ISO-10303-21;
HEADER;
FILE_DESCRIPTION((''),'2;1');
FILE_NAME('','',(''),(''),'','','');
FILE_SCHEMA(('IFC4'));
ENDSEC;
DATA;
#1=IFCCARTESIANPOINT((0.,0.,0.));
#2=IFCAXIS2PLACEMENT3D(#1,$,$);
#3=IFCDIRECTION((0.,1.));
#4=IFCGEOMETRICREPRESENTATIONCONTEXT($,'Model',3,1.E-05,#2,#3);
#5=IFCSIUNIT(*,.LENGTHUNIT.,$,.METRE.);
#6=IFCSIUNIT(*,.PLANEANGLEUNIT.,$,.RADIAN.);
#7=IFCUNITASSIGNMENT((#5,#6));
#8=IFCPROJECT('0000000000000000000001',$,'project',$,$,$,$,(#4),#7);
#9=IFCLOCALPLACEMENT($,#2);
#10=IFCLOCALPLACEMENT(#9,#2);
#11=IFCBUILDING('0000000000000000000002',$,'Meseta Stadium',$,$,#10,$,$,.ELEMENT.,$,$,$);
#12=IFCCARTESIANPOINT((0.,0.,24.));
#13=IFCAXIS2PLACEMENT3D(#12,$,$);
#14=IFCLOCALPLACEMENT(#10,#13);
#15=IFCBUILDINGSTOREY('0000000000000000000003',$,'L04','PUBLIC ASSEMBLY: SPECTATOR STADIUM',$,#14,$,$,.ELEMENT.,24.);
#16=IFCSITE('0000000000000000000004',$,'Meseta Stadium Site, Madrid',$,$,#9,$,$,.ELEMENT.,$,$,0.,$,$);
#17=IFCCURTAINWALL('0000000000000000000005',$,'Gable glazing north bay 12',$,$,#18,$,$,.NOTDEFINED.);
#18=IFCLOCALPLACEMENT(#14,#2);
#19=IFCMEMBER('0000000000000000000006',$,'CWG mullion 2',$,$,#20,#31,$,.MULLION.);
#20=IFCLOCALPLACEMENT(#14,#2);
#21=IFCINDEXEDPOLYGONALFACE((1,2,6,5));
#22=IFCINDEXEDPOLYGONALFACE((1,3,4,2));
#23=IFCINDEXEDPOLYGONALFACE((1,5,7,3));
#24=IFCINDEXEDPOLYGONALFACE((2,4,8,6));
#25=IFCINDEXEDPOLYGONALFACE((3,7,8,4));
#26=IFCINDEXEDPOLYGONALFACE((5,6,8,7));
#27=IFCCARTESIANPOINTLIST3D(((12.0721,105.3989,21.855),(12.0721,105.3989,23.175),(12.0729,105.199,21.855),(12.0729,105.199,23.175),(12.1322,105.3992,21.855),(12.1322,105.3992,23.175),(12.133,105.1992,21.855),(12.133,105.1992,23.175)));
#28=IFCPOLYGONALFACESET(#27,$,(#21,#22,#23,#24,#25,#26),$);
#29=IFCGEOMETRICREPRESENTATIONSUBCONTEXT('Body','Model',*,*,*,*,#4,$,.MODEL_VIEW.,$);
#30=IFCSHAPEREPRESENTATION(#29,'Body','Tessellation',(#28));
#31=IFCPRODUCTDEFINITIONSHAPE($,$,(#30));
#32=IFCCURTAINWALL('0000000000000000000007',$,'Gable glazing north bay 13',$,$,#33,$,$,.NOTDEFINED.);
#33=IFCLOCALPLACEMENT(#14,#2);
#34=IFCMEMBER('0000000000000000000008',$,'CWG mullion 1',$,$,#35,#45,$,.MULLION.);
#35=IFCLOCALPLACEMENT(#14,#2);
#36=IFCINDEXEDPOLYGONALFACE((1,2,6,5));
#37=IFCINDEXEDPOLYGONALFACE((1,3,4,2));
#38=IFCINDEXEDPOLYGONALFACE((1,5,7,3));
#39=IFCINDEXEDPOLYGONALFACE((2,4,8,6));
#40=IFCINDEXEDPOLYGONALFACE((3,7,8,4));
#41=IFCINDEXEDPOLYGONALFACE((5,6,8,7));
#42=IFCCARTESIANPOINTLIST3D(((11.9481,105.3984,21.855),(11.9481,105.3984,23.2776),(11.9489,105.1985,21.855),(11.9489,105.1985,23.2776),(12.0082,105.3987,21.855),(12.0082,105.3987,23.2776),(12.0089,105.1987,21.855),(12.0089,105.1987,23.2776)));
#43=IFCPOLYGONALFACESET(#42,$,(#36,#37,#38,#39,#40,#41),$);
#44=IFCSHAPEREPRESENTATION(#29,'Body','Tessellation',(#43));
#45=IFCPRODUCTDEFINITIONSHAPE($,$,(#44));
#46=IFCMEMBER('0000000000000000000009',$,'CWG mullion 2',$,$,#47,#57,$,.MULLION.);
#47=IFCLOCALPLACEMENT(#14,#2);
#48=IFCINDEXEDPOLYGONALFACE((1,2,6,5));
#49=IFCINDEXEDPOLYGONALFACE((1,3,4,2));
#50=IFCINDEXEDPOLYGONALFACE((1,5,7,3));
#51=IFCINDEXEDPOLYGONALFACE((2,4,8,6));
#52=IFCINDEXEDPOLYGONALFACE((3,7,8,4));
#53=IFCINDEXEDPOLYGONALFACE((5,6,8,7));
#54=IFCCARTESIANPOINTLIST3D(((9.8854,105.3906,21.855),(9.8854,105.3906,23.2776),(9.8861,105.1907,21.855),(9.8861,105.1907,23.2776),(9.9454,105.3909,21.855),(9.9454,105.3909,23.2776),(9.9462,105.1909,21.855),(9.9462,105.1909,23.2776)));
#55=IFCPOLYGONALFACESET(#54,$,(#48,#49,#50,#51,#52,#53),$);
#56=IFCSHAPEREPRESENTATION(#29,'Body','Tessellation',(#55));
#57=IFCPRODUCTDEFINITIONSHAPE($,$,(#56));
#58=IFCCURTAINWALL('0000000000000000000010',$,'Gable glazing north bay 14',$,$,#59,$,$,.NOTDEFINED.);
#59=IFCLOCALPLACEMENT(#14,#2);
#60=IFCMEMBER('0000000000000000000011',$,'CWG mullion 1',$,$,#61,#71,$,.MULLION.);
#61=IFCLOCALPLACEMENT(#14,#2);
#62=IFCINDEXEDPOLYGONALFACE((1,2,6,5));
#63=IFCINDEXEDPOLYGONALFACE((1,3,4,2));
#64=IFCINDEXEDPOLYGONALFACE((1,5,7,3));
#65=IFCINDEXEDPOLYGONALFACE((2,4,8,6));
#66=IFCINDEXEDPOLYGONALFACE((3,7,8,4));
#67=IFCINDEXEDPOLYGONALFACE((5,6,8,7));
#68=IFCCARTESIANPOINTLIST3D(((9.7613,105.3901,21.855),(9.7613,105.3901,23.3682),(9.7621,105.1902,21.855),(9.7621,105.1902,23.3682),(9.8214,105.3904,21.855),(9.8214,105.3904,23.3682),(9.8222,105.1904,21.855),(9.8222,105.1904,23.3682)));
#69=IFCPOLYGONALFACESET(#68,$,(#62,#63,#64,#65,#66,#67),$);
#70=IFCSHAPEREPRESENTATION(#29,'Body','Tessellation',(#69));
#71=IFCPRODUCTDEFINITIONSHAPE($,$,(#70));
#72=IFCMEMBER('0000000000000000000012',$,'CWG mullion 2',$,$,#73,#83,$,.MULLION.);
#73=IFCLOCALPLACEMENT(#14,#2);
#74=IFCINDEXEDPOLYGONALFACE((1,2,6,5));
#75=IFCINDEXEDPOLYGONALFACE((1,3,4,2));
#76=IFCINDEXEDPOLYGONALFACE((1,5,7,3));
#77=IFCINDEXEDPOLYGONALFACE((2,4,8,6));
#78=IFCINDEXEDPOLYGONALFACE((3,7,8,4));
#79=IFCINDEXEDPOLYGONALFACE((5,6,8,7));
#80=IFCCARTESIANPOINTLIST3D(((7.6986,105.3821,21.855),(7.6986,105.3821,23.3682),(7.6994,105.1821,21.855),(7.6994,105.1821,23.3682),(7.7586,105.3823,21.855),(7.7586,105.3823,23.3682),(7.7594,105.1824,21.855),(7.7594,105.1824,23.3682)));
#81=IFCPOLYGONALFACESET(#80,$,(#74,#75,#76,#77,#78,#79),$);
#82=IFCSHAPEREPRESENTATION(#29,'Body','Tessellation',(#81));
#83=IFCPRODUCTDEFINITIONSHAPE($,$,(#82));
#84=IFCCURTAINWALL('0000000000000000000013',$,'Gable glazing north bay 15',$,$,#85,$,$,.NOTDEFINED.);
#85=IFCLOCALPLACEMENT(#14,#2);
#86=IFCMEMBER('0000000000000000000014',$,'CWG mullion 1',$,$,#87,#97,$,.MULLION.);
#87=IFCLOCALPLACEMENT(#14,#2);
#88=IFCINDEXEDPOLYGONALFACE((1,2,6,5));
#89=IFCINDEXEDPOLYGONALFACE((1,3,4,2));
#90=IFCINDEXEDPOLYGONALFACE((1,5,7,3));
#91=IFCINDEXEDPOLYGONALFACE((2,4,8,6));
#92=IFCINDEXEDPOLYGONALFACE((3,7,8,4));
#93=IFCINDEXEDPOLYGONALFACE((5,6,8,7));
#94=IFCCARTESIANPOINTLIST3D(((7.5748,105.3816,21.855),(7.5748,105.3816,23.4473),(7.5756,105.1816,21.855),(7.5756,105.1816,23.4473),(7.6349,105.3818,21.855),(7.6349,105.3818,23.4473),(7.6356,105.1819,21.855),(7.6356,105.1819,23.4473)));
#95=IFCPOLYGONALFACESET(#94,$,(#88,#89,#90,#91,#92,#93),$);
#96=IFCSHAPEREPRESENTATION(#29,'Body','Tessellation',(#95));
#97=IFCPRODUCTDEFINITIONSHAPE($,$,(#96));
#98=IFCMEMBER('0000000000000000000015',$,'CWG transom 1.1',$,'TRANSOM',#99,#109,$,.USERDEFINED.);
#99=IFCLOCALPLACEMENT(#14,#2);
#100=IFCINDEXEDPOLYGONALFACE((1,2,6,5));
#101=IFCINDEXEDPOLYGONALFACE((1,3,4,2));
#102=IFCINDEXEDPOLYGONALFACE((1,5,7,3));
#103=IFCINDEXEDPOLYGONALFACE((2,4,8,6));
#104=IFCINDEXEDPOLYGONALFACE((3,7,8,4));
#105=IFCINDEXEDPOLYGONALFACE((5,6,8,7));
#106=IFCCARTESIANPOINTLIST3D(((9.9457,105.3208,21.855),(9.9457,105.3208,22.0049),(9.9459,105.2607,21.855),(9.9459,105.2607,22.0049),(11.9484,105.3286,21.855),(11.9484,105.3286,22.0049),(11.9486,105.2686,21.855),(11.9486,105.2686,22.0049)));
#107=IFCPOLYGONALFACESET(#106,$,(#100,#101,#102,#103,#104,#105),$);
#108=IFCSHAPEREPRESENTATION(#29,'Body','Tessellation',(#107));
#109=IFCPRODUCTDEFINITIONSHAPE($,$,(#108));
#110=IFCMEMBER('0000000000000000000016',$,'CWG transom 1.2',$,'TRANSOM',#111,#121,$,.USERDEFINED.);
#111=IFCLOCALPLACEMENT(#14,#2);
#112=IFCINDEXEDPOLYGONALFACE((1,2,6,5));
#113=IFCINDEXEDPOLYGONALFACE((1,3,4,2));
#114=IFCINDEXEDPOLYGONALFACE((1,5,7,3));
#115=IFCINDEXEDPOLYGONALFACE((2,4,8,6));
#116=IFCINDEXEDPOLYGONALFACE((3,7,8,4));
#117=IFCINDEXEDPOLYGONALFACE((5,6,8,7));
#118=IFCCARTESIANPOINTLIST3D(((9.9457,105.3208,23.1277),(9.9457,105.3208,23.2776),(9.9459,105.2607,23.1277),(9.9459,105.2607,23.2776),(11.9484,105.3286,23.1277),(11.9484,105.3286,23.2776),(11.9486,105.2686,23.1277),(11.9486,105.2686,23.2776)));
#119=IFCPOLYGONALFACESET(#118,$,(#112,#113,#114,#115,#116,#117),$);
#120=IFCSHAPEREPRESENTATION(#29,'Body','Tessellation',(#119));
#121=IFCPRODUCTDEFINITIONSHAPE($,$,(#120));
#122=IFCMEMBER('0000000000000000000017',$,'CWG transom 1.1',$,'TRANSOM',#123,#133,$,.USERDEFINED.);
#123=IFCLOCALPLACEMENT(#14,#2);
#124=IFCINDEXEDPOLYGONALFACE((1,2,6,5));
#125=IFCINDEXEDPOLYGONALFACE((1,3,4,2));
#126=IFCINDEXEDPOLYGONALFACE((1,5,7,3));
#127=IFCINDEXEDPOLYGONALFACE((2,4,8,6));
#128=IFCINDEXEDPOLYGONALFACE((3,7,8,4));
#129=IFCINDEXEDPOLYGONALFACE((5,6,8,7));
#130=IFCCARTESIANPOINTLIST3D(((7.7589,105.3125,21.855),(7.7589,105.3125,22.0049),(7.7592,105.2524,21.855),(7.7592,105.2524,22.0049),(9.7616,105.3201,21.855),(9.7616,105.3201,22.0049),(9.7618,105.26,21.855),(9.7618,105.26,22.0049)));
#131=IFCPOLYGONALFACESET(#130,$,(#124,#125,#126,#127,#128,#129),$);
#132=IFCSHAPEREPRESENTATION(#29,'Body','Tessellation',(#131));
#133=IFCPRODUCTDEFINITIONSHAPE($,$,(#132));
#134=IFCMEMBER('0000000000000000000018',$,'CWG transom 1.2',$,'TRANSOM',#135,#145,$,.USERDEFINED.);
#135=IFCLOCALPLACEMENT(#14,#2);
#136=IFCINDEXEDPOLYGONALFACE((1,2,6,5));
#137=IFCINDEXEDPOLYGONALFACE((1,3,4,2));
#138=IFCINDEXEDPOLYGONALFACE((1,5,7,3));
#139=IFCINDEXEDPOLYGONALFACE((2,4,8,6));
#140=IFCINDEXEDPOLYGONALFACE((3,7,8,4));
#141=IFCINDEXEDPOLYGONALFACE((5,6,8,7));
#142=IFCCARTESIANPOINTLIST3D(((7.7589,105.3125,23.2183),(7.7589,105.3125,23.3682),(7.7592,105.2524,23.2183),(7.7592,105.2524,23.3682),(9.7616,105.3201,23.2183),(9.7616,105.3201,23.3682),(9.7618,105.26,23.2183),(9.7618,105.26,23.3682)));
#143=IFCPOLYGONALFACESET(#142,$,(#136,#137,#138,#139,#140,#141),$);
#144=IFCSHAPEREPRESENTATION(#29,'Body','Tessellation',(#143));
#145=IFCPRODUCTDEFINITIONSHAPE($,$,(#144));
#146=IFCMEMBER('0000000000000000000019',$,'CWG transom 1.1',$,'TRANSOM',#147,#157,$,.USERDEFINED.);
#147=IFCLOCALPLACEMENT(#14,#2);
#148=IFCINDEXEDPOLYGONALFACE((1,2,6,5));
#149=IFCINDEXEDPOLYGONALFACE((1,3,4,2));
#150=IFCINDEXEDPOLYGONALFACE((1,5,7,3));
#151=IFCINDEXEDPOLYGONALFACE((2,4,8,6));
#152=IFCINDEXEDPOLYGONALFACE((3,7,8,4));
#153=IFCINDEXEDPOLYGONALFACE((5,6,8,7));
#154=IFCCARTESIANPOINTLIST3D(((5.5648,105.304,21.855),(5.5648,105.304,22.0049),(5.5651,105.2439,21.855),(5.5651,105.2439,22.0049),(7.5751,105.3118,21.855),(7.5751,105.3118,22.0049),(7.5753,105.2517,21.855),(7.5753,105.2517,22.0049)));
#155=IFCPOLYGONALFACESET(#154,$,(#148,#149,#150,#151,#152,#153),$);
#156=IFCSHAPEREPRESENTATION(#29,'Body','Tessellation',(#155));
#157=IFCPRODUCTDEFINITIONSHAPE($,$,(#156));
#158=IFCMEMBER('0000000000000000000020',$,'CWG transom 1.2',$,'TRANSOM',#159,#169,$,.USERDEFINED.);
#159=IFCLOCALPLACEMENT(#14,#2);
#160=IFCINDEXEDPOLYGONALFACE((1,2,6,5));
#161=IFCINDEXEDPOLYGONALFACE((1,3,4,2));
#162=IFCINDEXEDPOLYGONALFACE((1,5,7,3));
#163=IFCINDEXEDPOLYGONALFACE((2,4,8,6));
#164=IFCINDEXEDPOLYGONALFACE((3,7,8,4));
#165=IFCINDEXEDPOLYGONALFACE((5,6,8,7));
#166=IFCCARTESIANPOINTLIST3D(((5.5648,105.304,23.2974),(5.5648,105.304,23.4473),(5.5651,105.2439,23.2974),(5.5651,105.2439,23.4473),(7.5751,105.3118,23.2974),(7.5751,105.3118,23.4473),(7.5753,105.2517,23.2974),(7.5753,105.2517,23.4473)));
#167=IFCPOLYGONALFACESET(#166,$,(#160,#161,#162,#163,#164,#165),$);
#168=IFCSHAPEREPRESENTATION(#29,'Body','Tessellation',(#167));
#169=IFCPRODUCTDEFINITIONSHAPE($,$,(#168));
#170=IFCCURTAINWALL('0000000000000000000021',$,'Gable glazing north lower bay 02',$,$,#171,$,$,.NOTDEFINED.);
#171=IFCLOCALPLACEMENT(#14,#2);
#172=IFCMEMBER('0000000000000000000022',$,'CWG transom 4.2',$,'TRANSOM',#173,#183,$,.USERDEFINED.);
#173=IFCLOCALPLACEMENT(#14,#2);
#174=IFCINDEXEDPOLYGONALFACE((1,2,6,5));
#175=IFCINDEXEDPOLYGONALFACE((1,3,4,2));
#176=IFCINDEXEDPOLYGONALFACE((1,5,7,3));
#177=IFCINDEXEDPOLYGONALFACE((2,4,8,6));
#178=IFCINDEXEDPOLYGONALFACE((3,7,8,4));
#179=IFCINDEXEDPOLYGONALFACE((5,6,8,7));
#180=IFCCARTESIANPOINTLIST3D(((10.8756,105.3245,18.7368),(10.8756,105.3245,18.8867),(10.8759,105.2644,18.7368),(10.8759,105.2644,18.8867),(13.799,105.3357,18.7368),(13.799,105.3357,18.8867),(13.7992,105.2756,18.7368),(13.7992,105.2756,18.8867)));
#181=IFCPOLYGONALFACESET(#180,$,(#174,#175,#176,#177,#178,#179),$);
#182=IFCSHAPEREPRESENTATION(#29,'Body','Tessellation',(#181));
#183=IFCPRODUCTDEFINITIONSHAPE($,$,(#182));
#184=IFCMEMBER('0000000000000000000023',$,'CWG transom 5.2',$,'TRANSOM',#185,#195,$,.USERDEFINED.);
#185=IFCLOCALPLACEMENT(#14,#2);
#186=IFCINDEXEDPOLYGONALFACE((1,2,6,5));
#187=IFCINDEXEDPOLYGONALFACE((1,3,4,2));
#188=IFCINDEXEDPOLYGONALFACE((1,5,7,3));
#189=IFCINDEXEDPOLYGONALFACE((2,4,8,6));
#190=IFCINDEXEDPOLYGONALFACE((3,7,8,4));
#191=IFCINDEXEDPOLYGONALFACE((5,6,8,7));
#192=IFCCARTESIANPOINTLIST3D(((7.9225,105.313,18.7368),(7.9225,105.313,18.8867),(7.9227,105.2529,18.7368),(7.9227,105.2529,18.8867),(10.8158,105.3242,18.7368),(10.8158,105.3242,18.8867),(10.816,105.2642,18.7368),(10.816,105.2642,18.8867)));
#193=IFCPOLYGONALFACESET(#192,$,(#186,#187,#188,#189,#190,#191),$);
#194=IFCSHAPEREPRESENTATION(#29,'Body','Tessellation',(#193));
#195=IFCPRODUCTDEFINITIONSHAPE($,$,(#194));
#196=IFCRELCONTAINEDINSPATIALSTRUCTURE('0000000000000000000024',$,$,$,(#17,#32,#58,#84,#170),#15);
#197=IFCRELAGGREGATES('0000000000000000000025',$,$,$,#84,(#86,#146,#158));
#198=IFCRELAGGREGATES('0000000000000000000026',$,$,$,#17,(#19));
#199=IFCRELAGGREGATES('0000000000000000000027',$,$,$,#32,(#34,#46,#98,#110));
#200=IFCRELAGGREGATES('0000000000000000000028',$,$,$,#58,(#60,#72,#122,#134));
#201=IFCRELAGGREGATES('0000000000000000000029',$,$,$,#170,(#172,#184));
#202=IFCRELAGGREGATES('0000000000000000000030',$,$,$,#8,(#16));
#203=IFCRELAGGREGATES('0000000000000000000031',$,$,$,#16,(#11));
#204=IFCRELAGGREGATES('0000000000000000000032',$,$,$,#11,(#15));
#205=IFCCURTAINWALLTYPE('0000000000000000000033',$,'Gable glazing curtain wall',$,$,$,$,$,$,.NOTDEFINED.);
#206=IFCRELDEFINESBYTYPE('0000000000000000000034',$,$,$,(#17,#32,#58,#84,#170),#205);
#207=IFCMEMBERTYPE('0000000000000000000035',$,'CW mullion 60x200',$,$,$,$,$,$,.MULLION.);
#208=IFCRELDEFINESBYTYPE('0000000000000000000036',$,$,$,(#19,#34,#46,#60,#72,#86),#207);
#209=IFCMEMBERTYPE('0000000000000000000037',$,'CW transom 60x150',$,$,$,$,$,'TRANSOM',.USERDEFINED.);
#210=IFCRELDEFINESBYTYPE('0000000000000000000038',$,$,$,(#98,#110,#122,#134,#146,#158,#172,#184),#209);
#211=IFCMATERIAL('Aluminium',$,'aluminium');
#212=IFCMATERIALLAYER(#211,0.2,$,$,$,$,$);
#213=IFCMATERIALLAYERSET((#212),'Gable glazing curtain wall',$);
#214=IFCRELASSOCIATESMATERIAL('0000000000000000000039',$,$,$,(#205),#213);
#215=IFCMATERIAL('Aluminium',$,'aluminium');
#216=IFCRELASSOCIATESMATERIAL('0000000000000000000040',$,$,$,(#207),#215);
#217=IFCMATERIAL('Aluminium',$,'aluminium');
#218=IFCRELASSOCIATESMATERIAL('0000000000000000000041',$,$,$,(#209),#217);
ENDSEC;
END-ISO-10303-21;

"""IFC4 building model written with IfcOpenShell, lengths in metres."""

from ifc_helpers import new_model, si_unit, direction, frame, origin, origin_2d, place, context, subcontext, project, spatial, rectangle, extrude, material, layer, layer_set, material_profile, profile_set, type_object, element, aggregate, save


model = new_model("IFC4")

# Units and contexts
model_context = context("Model", 3, precision=1e-05, world=origin(), true_north=direction((0.0, 1.0)))
body_context = subcontext(model_context, "Body", "Model", "MODEL_VIEW")
ifc_project = project(units=[si_unit("LENGTHUNIT", "METRE"), si_unit("PLANEANGLEUNIT", "RADIAN")], contexts=[model_context])

# Site, building, storey
site_placement = place(None, origin())
site = spatial("IfcSite", under=ifc_project, at=site_placement, Name="Meseta Stadium Site, Madrid", CompositionType="ELEMENT", RefElevation=0.0)
building_placement = place(site_placement, origin())
building = spatial("IfcBuilding", under=site, at=building_placement, Name="Meseta Stadium", CompositionType="ELEMENT")
storey_placement = place(building_placement, frame((0.0, 0.0, 24.0)))
storey = spatial("IfcBuildingStorey", under=building, at=storey_placement, Name="L04", Description="PUBLIC ASSEMBLY: SPECTATOR STADIUM", CompositionType="ELEMENT", Elevation=24.0)

# Curtain wall, member
ifc_material_1 = material(Name="Aluminium", Category="aluminium")
ifc_layer_1 = layer(ifc_material_1, 0.2)
ifc_layer_set_1 = layer_set([ifc_layer_1], Name="Gable glazing curtain wall")
curtain_wall_type = type_object("IfcCurtainWallType", Name="Gable glazing curtain wall", PredefinedType="NOTDEFINED", material=ifc_layer_set_1)
curtain_wall_1_placement = place(storey_placement, origin())
curtain_wall_1 = element("IfcCurtainWall", 1, at=curtain_wall_1_placement, inside=storey, type_object=curtain_wall_type, Name="Gable glazing north bay 12", PredefinedType="NOTDEFINED")
ifc_material_2 = material(Name="Aluminium", Category="aluminium")
ifc_material_profile_1 = material_profile(ifc_material_2, rectangle(XDim=0.2, YDim=0.0601, at=origin_2d()), Name="CW 200x60")
ifc_profile_set_1 = profile_set([ifc_material_profile_1], Name="Aluminium")
member_type_1 = type_object("IfcMemberType", Name="CW mullion 60x200", PredefinedType="MULLION", material=ifc_profile_set_1)
member_1_placement = place(storey_placement, frame((12.1025, 105.2991, 21.855), z_axis=(0.0, 0.0, 1.0), x_axis=(0.003848, -0.999993, 0.0)))
member_1 = element("IfcMember", 2, at=member_1_placement, type_object=member_type_1, Name="CWG mullion 2", PredefinedType="MULLION", context=body_context, shape_type="SweptSolid", body=[
    extrude(rectangle(XDim=0.2, YDim=0.0601, at=origin_2d()), origin(), (0.0, 0.0, 1.0), 1.3201),
])

# Curtain walls, members
curtain_wall_2_placement = place(storey_placement, origin())
curtain_wall_2 = element("IfcCurtainWall", 3, at=curtain_wall_2_placement, inside=storey, type_object=curtain_wall_type, Name="Gable glazing north bay 13", PredefinedType="NOTDEFINED")
member_2_placement = place(storey_placement, frame((11.9785, 105.2986, 21.855), z_axis=(0.0, 0.0, 1.0), x_axis=(0.003848, -0.999993, 0.0)))
member_2 = element("IfcMember", 4, at=member_2_placement, type_object=member_type_1, Name="CWG mullion 1", PredefinedType="MULLION", context=body_context, shape_type="SweptSolid", body=[
    extrude(rectangle(XDim=0.2, YDim=0.0601, at=origin_2d()), origin(), (0.0, 0.0, 1.0), 1.4226),
])
member_3_placement = place(storey_placement, frame((9.9158, 105.2908, 21.855), z_axis=(0.0, 0.0, 1.0), x_axis=(0.003848, -0.999993, 0.0)))
member_3 = element("IfcMember", 5, at=member_3_placement, type_object=member_type_1, Name="CWG mullion 2", PredefinedType="MULLION", context=body_context, shape_type="SweptSolid", body=[
    extrude(rectangle(XDim=0.2, YDim=0.0601, at=origin_2d()), origin(), (0.0, 0.0, 1.0), 1.4226),
])
curtain_wall_3_placement = place(storey_placement, origin())
curtain_wall_3 = element("IfcCurtainWall", 6, at=curtain_wall_3_placement, inside=storey, type_object=curtain_wall_type, Name="Gable glazing north bay 14", PredefinedType="NOTDEFINED")
member_4_placement = place(storey_placement, frame((9.7917, 105.2903, 21.855), z_axis=(0.0, 0.0, 1.0), x_axis=(0.003848, -0.999993, 0.0)))
member_4 = element("IfcMember", 7, at=member_4_placement, type_object=member_type_1, Name="CWG mullion 1", PredefinedType="MULLION", context=body_context, shape_type="SweptSolid", body=[
    extrude(rectangle(XDim=0.2, YDim=0.0601, at=origin_2d()), origin(), (0.0, 0.0, 1.0), 1.5132),
])
member_5_placement = place(storey_placement, frame((7.729, 105.2822, 21.855), z_axis=(0.0, 0.0, 1.0), x_axis=(0.003848, -0.999993, 0.0)))
member_5 = element("IfcMember", 8, at=member_5_placement, type_object=member_type_1, Name="CWG mullion 2", PredefinedType="MULLION", context=body_context, shape_type="SweptSolid", body=[
    extrude(rectangle(XDim=0.2, YDim=0.0601, at=origin_2d()), origin(), (0.0, 0.0, 1.0), 1.5132),
])

# Curtain wall, member
curtain_wall_4_placement = place(storey_placement, origin())
curtain_wall_4 = element("IfcCurtainWall", 9, at=curtain_wall_4_placement, inside=storey, type_object=curtain_wall_type, Name="Gable glazing north bay 15", PredefinedType="NOTDEFINED")
member_6_placement = place(storey_placement, frame((7.6052, 105.2817, 21.855), z_axis=(0.0, 0.0, 1.0), x_axis=(0.003848, -0.999993, 0.0)))
member_6 = element("IfcMember", 10, at=member_6_placement, type_object=member_type_1, Name="CWG mullion 1", PredefinedType="MULLION", context=body_context, shape_type="SweptSolid", body=[
    extrude(rectangle(XDim=0.2, YDim=0.0601, at=origin_2d()), origin(), (0.0, 0.0, 1.0), 1.5923),
])

# Members
ifc_material_3 = material(Name="Aluminium", Category="aluminium")
ifc_material_profile_2 = material_profile(ifc_material_3, rectangle(XDim=0.0601, YDim=0.1499, at=origin_2d()), Name="CW 60x150")
ifc_profile_set_2 = profile_set([ifc_material_profile_2], Name="Aluminium")
member_type_2 = type_object("IfcMemberType", Name="CW transom 60x150", ElementType="TRANSOM", PredefinedType="USERDEFINED", material=ifc_profile_set_2)
member_7_placement = place(storey_placement, frame((11.9485, 105.2986, 21.9299), z_axis=(-0.999992, -0.003901, 0.0), x_axis=(0.003901, -0.999992, 0.0)))
member_7 = element("IfcMember", 11, at=member_7_placement, type_object=member_type_2, Name="CWG transom 1.1", ObjectType="TRANSOM", PredefinedType="USERDEFINED", context=body_context, shape_type="SweptSolid", body=[
    extrude(rectangle(XDim=0.0601, YDim=0.1499, at=origin_2d()), origin(), (0.0, 0.0, 1.0), 2.0027),
])
member_8_placement = place(storey_placement, frame((11.9485, 105.2986, 23.2026), z_axis=(-0.999992, -0.003901, 0.0), x_axis=(0.003901, -0.999992, 0.0)))
member_8 = element("IfcMember", 12, at=member_8_placement, type_object=member_type_2, Name="CWG transom 1.2", ObjectType="TRANSOM", PredefinedType="USERDEFINED", context=body_context, shape_type="SweptSolid", body=[
    extrude(rectangle(XDim=0.0601, YDim=0.1499, at=origin_2d()), origin(), (0.0, 0.0, 1.0), 2.0027),
])
member_9_placement = place(storey_placement, frame((9.7617, 105.29, 21.9299), z_axis=(-0.999993, -0.003779, 0.0), x_axis=(0.003779, -0.999993, 0.0)))
member_9 = element("IfcMember", 13, at=member_9_placement, type_object=member_type_2, Name="CWG transom 1.1", ObjectType="TRANSOM", PredefinedType="USERDEFINED", context=body_context, shape_type="SweptSolid", body=[
    extrude(rectangle(XDim=0.0601, YDim=0.1499, at=origin_2d()), origin(), (0.0, 0.0, 1.0), 2.0027),
])
member_10_placement = place(storey_placement, frame((9.7617, 105.29, 23.2932), z_axis=(-0.999993, -0.003779, 0.0), x_axis=(0.003779, -0.999993, 0.0)))
member_10 = element("IfcMember", 14, at=member_10_placement, type_object=member_type_2, Name="CWG transom 1.2", ObjectType="TRANSOM", PredefinedType="USERDEFINED", context=body_context, shape_type="SweptSolid", body=[
    extrude(rectangle(XDim=0.0601, YDim=0.1499, at=origin_2d()), origin(), (0.0, 0.0, 1.0), 2.0027),
])
member_11_placement = place(storey_placement, frame((7.5752, 105.2817, 21.9299), z_axis=(-0.999992, -0.003886, 0.0), x_axis=(0.003886, -0.999992, 0.0)))
member_11 = element("IfcMember", 15, at=member_11_placement, type_object=member_type_2, Name="CWG transom 1.1", ObjectType="TRANSOM", PredefinedType="USERDEFINED", context=body_context, shape_type="SweptSolid", body=[
    extrude(rectangle(XDim=0.0601, YDim=0.1499, at=origin_2d()), origin(), (0.0, 0.0, 1.0), 2.0103),
])
member_12_placement = place(storey_placement, frame((7.5752, 105.2817, 23.3723), z_axis=(-0.999992, -0.003886, 0.0), x_axis=(0.003886, -0.999992, 0.0)))
member_12 = element("IfcMember", 16, at=member_12_placement, type_object=member_type_2, Name="CWG transom 1.2", ObjectType="TRANSOM", PredefinedType="USERDEFINED", context=body_context, shape_type="SweptSolid", body=[
    extrude(rectangle(XDim=0.0601, YDim=0.1499, at=origin_2d()), origin(), (0.0, 0.0, 1.0), 2.0103),
])
aggregate(curtain_wall_4, [member_6, member_11, member_12])

# Curtain wall, members
curtain_wall_5_placement = place(storey_placement, origin())
curtain_wall_5 = element("IfcCurtainWall", 17, at=curtain_wall_5_placement, inside=storey, type_object=curtain_wall_type, Name="Gable glazing north lower bay 02", PredefinedType="NOTDEFINED")
member_13_placement = place(storey_placement, frame((13.7991, 105.3057, 18.8118), z_axis=(-0.999993, -0.003842, 0.0), x_axis=(0.003842, -0.999993, 0.0)))
member_13 = element("IfcMember", 18, at=member_13_placement, type_object=member_type_2, Name="CWG transom 4.2", ObjectType="TRANSOM", PredefinedType="USERDEFINED", context=body_context, shape_type="SweptSolid", body=[
    extrude(rectangle(XDim=0.0601, YDim=0.1499, at=origin_2d()), origin(), (0.0, 0.0, 1.0), 2.9233),
])
member_14_placement = place(storey_placement, frame((10.8159, 105.2942, 18.8118), z_axis=(-0.999992, -0.003881, 0.0), x_axis=(0.003881, -0.999992, 0.0)))
member_14 = element("IfcMember", 19, at=member_14_placement, type_object=member_type_2, Name="CWG transom 5.2", ObjectType="TRANSOM", PredefinedType="USERDEFINED", context=body_context, shape_type="SweptSolid", body=[
    extrude(rectangle(XDim=0.0601, YDim=0.1499, at=origin_2d()), origin(), (0.0, 0.0, 1.0), 2.8933),
])

aggregate(curtain_wall_1, [member_1])
aggregate(curtain_wall_2, [member_2, member_3, member_7, member_8])
aggregate(curtain_wall_3, [member_4, member_5, member_9, member_10])
aggregate(curtain_wall_5, [member_13, member_14])

save(model, "model.ifc")
